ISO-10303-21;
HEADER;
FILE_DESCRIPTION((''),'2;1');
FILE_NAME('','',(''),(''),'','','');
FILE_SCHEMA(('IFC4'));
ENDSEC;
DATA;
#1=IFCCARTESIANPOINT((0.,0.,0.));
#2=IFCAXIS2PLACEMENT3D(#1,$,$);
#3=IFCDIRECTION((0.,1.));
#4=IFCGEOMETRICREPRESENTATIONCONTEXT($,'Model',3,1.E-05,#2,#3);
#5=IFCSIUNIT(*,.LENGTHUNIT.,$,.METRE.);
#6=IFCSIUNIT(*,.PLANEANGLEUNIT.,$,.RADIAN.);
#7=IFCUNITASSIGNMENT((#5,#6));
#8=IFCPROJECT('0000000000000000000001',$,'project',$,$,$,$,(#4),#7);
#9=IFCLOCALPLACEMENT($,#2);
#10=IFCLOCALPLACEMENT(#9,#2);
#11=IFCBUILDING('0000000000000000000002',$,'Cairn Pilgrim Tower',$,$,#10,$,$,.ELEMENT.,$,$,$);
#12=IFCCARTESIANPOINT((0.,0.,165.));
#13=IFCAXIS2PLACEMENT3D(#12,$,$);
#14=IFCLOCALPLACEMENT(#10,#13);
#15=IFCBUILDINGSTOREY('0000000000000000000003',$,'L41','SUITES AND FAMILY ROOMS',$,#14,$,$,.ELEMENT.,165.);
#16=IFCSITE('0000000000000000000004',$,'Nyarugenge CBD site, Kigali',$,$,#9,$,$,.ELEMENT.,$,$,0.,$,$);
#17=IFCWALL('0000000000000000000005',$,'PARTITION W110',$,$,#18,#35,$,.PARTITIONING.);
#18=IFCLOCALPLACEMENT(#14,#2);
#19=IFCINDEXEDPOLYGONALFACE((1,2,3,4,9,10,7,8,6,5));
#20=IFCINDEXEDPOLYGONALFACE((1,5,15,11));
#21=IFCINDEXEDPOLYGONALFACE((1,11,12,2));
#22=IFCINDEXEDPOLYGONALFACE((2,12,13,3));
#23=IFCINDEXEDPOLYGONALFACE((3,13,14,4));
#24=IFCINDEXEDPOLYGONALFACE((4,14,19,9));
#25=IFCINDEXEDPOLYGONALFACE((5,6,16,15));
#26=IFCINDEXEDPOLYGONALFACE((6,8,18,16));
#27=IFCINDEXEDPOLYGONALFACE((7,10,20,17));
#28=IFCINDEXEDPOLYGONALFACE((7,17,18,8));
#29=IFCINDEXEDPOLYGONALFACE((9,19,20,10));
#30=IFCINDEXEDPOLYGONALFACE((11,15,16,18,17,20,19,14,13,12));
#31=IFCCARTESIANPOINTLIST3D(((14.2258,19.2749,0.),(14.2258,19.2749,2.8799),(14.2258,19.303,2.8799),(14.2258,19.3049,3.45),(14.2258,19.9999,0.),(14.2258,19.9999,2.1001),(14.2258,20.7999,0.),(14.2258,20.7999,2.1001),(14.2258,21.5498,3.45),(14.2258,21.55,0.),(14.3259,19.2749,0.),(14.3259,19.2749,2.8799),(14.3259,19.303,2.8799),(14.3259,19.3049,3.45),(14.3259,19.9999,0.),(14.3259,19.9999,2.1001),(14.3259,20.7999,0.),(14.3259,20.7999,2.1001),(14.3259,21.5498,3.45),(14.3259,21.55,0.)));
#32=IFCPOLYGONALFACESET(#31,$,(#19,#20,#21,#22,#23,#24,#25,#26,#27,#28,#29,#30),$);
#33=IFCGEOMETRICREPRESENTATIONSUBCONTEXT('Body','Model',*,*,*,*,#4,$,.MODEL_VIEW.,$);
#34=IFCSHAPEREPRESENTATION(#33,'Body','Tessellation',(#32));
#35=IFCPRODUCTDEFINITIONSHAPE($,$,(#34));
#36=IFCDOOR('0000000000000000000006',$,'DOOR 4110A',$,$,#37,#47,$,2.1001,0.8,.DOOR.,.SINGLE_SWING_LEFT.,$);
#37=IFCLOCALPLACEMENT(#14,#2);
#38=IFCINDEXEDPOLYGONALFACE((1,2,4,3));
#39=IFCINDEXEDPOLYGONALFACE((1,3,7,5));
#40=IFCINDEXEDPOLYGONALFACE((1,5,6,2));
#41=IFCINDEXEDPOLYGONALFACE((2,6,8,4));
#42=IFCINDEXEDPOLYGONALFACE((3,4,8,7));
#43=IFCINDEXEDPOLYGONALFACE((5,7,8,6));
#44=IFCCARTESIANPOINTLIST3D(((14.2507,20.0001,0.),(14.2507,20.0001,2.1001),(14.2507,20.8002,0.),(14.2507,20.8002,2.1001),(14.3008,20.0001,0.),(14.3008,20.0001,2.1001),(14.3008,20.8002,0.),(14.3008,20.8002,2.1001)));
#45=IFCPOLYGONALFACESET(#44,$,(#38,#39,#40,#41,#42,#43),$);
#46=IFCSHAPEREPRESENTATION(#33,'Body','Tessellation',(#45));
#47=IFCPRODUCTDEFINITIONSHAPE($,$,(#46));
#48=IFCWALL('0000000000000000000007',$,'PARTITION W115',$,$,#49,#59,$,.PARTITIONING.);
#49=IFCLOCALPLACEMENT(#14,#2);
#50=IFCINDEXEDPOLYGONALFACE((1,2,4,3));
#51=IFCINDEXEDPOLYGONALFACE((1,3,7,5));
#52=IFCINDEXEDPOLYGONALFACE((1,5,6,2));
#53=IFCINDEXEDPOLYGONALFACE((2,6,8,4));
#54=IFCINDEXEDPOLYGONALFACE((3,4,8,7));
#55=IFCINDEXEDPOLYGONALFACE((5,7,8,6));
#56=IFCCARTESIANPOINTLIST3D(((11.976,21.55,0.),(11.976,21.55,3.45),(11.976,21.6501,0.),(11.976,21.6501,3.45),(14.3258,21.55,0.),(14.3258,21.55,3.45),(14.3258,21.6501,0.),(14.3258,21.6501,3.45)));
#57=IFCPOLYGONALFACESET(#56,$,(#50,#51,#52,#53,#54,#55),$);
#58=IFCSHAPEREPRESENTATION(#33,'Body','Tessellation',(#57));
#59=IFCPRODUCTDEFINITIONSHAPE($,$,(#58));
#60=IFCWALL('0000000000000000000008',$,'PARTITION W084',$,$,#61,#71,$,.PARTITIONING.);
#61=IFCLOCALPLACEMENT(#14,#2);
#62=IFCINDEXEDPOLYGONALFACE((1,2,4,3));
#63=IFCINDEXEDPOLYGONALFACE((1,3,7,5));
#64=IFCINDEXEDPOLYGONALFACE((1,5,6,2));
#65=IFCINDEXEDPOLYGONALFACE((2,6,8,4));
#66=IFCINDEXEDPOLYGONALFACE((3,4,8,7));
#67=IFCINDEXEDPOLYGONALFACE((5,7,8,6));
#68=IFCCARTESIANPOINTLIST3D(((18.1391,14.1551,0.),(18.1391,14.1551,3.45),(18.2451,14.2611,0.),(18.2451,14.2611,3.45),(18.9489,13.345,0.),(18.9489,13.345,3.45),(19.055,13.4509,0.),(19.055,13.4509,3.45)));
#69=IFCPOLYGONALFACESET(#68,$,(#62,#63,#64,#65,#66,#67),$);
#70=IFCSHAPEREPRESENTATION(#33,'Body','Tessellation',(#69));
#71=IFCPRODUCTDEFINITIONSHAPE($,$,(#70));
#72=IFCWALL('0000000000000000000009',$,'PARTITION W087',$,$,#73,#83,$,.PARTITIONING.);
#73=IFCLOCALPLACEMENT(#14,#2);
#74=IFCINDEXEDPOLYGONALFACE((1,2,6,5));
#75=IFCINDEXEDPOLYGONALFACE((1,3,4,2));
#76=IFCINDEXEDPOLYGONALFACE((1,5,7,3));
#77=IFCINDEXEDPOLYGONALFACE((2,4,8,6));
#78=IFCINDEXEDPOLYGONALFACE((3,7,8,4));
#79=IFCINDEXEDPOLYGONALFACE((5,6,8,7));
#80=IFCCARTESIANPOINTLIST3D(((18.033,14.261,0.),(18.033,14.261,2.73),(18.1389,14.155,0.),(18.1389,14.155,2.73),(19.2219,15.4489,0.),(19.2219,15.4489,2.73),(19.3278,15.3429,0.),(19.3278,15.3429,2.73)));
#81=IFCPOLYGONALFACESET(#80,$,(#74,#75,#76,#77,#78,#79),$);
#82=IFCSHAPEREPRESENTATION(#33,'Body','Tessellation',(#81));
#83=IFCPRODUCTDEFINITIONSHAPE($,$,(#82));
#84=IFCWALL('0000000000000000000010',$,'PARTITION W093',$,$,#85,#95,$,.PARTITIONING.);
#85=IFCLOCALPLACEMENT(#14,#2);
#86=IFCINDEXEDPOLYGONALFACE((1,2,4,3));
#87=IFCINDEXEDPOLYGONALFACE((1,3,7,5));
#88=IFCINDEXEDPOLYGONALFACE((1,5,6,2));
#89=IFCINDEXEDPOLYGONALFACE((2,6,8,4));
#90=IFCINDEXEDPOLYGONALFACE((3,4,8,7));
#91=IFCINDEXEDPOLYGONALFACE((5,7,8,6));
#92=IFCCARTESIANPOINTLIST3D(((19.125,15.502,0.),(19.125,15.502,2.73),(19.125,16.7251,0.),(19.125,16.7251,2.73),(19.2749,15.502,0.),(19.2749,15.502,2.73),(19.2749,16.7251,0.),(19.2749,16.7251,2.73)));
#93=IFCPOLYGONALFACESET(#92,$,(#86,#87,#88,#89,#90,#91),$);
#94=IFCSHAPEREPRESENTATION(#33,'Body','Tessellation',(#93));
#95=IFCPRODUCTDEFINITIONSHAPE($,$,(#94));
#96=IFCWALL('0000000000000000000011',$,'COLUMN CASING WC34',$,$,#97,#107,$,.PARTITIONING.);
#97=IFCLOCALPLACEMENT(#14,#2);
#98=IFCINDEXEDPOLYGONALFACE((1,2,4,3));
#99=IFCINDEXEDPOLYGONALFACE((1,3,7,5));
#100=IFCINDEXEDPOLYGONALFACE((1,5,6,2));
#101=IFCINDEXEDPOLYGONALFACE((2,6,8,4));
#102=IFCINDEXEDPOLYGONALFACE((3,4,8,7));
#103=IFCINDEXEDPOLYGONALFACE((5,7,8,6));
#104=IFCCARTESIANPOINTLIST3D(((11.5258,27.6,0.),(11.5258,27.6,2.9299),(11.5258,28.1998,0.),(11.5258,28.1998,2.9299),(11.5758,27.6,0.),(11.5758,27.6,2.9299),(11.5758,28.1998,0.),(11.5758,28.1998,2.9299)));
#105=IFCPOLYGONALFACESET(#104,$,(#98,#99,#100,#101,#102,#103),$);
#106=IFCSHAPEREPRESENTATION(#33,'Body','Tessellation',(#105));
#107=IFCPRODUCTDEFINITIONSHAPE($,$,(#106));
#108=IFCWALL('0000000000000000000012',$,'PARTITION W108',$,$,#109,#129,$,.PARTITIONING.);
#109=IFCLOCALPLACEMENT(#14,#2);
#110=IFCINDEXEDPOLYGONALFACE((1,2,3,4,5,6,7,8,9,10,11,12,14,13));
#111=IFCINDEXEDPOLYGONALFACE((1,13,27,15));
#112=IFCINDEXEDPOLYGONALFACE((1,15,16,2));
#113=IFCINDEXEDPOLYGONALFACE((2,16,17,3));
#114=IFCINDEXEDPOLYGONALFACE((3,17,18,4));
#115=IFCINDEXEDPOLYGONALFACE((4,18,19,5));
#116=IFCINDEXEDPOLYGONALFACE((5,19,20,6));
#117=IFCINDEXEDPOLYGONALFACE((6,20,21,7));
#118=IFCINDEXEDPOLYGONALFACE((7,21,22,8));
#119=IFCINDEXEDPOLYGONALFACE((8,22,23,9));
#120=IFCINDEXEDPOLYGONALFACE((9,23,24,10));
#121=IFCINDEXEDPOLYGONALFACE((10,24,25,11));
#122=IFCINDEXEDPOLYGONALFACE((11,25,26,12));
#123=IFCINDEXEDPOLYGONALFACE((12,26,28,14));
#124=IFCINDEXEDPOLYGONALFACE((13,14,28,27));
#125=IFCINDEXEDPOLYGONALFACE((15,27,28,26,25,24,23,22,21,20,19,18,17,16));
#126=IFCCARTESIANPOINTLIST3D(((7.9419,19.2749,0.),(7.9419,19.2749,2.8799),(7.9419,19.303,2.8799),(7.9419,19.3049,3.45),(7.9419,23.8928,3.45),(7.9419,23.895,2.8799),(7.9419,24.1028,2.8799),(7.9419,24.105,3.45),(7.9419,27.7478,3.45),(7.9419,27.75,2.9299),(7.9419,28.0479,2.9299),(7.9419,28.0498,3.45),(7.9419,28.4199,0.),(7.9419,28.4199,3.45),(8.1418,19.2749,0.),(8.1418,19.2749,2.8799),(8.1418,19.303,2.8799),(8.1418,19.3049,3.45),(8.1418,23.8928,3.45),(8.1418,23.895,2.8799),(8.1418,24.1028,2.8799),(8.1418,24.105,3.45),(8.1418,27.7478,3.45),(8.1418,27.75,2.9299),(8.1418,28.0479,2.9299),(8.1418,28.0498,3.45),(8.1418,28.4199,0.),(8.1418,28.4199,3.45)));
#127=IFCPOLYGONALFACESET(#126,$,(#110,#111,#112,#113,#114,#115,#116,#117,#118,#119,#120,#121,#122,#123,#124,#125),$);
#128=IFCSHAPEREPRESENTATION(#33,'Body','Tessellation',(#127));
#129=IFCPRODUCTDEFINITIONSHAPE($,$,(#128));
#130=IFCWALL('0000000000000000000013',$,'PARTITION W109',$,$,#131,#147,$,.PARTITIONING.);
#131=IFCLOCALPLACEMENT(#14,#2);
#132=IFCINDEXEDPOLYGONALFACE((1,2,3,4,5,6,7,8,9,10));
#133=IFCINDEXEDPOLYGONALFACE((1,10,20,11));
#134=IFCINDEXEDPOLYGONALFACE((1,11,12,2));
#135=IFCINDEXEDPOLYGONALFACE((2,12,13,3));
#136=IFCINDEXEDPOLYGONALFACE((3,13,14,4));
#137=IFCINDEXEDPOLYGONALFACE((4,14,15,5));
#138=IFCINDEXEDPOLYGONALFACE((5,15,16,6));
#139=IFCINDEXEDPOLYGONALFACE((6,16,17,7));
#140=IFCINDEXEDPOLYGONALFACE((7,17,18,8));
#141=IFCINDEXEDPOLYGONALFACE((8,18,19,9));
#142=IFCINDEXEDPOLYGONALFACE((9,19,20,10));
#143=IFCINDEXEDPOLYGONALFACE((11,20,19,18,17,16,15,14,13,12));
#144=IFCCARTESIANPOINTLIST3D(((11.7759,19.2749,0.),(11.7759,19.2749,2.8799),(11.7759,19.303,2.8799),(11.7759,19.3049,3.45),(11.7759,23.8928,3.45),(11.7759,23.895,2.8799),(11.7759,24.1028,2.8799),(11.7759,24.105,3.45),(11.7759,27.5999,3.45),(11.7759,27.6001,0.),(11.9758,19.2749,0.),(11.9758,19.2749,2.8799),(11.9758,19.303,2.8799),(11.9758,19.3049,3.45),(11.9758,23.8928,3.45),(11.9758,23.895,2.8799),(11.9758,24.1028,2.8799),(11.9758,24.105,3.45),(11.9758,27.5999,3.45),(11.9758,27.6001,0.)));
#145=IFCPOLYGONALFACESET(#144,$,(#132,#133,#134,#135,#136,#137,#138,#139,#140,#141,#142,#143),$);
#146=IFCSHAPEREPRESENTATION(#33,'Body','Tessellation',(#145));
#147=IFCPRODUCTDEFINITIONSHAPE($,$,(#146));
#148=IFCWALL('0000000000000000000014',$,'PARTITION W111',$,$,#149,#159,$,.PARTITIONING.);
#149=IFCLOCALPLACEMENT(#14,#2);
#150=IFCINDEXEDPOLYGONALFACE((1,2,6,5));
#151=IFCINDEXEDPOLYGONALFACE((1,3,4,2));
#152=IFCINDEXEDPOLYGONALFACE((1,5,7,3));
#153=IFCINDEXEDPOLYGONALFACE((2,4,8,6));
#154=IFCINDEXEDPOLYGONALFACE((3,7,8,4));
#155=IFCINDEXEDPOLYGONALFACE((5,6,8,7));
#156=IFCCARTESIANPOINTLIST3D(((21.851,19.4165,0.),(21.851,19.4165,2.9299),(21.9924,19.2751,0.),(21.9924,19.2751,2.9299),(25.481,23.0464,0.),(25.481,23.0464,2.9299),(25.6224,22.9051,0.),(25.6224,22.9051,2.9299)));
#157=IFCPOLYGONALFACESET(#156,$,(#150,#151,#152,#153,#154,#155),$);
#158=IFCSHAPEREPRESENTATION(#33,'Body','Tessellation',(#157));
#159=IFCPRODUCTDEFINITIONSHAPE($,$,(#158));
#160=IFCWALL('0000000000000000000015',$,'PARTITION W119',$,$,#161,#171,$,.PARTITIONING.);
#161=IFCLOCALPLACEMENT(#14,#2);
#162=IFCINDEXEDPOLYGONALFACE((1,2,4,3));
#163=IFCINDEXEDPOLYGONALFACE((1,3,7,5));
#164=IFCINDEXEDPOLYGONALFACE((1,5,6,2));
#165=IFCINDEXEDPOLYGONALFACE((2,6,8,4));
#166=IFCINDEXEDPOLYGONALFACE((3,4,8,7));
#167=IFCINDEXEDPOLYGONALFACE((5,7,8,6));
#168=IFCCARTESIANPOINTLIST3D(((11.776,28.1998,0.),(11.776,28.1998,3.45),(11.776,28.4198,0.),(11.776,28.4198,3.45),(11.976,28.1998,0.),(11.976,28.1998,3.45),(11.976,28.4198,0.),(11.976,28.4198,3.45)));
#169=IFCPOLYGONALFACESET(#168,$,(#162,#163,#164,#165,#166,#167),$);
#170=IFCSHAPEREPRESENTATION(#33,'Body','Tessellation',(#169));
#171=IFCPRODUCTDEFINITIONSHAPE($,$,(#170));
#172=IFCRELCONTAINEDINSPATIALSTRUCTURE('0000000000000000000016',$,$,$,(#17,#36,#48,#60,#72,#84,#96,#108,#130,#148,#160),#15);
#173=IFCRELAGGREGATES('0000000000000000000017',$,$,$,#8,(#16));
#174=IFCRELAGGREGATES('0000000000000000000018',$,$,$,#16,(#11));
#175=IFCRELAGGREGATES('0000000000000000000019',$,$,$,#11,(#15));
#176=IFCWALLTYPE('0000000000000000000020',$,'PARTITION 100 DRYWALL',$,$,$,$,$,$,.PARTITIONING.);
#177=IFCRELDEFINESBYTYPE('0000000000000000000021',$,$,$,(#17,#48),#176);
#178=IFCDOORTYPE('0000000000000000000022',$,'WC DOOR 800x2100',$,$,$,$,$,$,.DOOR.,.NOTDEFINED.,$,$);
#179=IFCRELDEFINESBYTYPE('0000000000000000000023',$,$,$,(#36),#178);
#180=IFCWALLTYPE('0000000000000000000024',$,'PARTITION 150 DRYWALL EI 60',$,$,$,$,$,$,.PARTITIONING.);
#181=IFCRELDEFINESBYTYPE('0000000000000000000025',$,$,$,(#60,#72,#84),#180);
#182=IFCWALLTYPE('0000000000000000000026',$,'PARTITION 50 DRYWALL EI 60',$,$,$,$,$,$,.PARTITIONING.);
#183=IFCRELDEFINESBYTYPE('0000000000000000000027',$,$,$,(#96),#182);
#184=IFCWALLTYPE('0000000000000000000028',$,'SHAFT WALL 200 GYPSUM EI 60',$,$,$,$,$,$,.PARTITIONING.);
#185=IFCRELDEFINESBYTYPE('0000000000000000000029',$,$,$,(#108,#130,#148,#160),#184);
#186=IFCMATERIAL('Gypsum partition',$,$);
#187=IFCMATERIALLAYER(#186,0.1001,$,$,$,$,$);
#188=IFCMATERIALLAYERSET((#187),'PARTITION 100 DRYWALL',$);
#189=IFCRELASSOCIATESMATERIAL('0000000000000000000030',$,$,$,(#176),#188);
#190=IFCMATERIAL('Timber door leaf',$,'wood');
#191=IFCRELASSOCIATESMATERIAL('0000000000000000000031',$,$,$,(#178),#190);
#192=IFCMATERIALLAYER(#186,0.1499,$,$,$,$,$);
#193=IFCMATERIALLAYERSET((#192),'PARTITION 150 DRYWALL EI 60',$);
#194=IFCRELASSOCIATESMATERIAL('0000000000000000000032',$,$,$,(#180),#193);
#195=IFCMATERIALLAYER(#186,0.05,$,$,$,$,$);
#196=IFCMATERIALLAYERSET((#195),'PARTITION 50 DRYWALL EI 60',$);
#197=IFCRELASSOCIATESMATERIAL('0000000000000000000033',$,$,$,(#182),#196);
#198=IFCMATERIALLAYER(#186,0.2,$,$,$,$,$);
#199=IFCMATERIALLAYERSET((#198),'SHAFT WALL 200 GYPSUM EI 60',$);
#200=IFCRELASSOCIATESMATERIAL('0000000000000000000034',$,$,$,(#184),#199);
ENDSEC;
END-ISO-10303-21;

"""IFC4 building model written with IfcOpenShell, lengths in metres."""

from ifc_helpers import new_model, si_unit, direction, frame, frame_2d, origin, place, context, subcontext, project, spatial, polyline, rectangle, outline, extrude, material, layer, layer_set, type_object, element, fill, save


model = new_model("IFC4")

# Units and contexts
model_context = context("Model", 3, precision=1e-05, world=origin(), true_north=direction((0.0, 1.0)))
body_context = subcontext(model_context, "Body", "Model", "MODEL_VIEW")
ifc_project = project(units=[si_unit("LENGTHUNIT", "METRE"), si_unit("PLANEANGLEUNIT", "RADIAN")], contexts=[model_context])

# Site, building, storey
site_placement = place(None, origin())
site = spatial("IfcSite", under=ifc_project, at=site_placement, Name="Nyarugenge CBD site, Kigali", CompositionType="ELEMENT", RefElevation=0.0)
building_placement = place(site_placement, origin())
building = spatial("IfcBuilding", under=site, at=building_placement, Name="Cairn Pilgrim Tower", CompositionType="ELEMENT")
storey_placement = place(building_placement, frame((0.0, 0.0, 165.0)))
storey = spatial("IfcBuildingStorey", under=building, at=storey_placement, Name="L41", Description="SUITES AND FAMILY ROOMS", CompositionType="ELEMENT", Elevation=165.0)

# Wall, opening, door
ifc_material_1 = material(Name="Gypsum partition")
ifc_layer_1 = layer(ifc_material_1, 0.1001)
ifc_layer_set_1 = layer_set([ifc_layer_1], Name="PARTITION 100 DRYWALL")
wall_type_1 = type_object("IfcWallType", Name="PARTITION 100 DRYWALL", PredefinedType="PARTITIONING", material=ifc_layer_set_1)
wall_1_placement = place(storey_placement, frame((14.2759, 19.2749, 0.0), z_axis=(0.0, 0.0, 1.0), x_axis=(0.0, 1.0, 0.0)))
wall_1 = element("IfcWall", 1, at=wall_1_placement, inside=storey, type_object=wall_type_1, Name="PARTITION W110", PredefinedType="PARTITIONING", context=body_context, shape_type="SweptSolid", body=[
    extrude(outline(polyline([(0.0, 0.0), (2.2751, 0.0), (2.2749, 3.45), (0.03, 3.45), (0.0281, 2.8799), (0.0, 2.8799), (0.0, 0.0)])), frame((0.0, 0.05, 0.0), z_axis=(0.0, -1.0, 0.0), x_axis=(1.0, 0.0, 0.0)), (0.0, 0.0, 1.0), 0.1001),
])
opening_1_placement = place(wall_1_placement, frame((0.7251, 0.0, 0.0)))
opening_1 = element("IfcOpeningElement", 2, at=opening_1_placement, cuts=wall_1, PredefinedType="OPENING", context=body_context, shape_type="SweptSolid", body=[
    extrude(rectangle(XDim=0.8, YDim=2.1001, at=frame_2d((0.3999, 1.05))), frame((0.0, 0.0601, 0.0), z_axis=(0.0, -1.0, 0.0), x_axis=(1.0, 0.0, 0.0)), (0.0, 0.0, 1.0), 0.1201),
])
ifc_material_2 = material(Name="Timber door leaf", Category="wood")
door_type_1 = type_object("IfcDoorType", Name="WC DOOR 800x2100", OperationType="NOTDEFINED", PredefinedType="DOOR", material=ifc_material_2)
door_1_placement = place(opening_1_placement, frame((0.8, 0.0, 0.0), z_axis=(0.0, 0.0, 1.0), x_axis=(-1.0, 0.0, 0.0)))
door_1 = element("IfcDoor", 3, at=door_1_placement, inside=storey, type_object=door_type_1, Name="DOOR 4110A", OperationType="SINGLE_SWING_LEFT", OverallHeight=2.1001, OverallWidth=0.8, PredefinedType="DOOR", context=body_context, shape_type="SweptSolid", body=[
    extrude(rectangle(XDim=0.8, YDim=2.1001, at=frame_2d((0.3999, 1.05))), frame((0.0, 0.0249, 0.0), z_axis=(0.0, -1.0, 0.0), x_axis=(1.0, 0.0, 0.0)), (0.0, 0.0, 1.0), 0.05),
])
fill(opening_1, door_1)

# Walls
wall_2_placement = place(storey_placement, frame((11.9761, 21.6001, 0.0), z_axis=(0.0, 0.0, 1.0), x_axis=(1.0, 0.0, 0.0)))
element("IfcWall", 4, at=wall_2_placement, inside=storey, type_object=wall_type_1, Name="PARTITION W115", PredefinedType="PARTITIONING", context=body_context, shape_type="SweptSolid", body=[
    extrude(rectangle(XDim=2.3499, YDim=0.1001, at=frame_2d((1.1748, 0.0))), origin(), (0.0, 0.0, 1.0), 3.45),
])
ifc_layer_2 = layer(ifc_material_1, 0.1499)
ifc_layer_set_2 = layer_set([ifc_layer_2], Name="PARTITION 150 DRYWALL EI 60")
wall_type_2 = type_object("IfcWallType", Name="PARTITION 150 DRYWALL EI 60", PredefinedType="PARTITIONING", material=ifc_layer_set_2)
wall_3_placement = place(storey_placement, frame((19.002, 13.3979, 0.0), z_axis=(0.0, 0.0, 1.0), x_axis=(-0.707, 0.707213, 0.0)))
element("IfcWall", 5, at=wall_3_placement, inside=storey, type_object=wall_type_2, Name="PARTITION W084", PredefinedType="PARTITIONING", context=body_context, shape_type="SweptSolid", body=[
    extrude(rectangle(XDim=1.1455, YDim=0.1499, at=frame_2d((0.5728, 0.0))), origin(), (0.0, 0.0, 1.0), 3.45),
])
wall_4_placement = place(storey_placement, frame((18.0859, 14.208, 0.0), z_axis=(0.0, 0.0, 1.0), x_axis=(0.707397, 0.706816, 0.0)))
element("IfcWall", 6, at=wall_4_placement, inside=storey, type_object=wall_type_2, Name="PARTITION W087", PredefinedType="PARTITIONING", context=body_context, shape_type="SweptSolid", body=[
    extrude(rectangle(XDim=1.6807, YDim=0.1499, at=frame_2d((0.8403, 0.0))), origin(), (0.0, 0.0, 1.0), 2.73),
])
wall_5_placement = place(storey_placement, frame((19.2, 15.502, 0.0), z_axis=(0.0, 0.0, 1.0), x_axis=(0.0, 1.0, 0.0)))
element("IfcWall", 7, at=wall_5_placement, inside=storey, type_object=wall_type_2, Name="PARTITION W093", PredefinedType="PARTITIONING", context=body_context, shape_type="SweptSolid", body=[
    extrude(rectangle(XDim=1.2231, YDim=0.1499, at=frame_2d((0.6116, 0.0))), origin(), (0.0, 0.0, 1.0), 2.73),
])
ifc_layer_3 = layer(ifc_material_1, 0.05)
ifc_layer_set_3 = layer_set([ifc_layer_3], Name="PARTITION 50 DRYWALL EI 60")
wall_type_3 = type_object("IfcWallType", Name="PARTITION 50 DRYWALL EI 60", PredefinedType="PARTITIONING", material=ifc_layer_set_3)
wall_6_placement = place(storey_placement, frame((11.5508, 27.6001, 0.0), z_axis=(0.0, 0.0, 1.0), x_axis=(0.0, 1.0, 0.0)))
element("IfcWall", 8, at=wall_6_placement, inside=storey, type_object=wall_type_3, Name="COLUMN CASING WC34", PredefinedType="PARTITIONING", context=body_context, shape_type="SweptSolid", body=[
    extrude(rectangle(XDim=0.5999, YDim=0.05, at=frame_2d((0.2998, 0.0))), origin(), (0.0, 0.0, 1.0), 2.9299),
])
ifc_layer_4 = layer(ifc_material_1, 0.2)
ifc_layer_set_4 = layer_set([ifc_layer_4], Name="SHAFT WALL 200 GYPSUM EI 60")
wall_type_4 = type_object("IfcWallType", Name="SHAFT WALL 200 GYPSUM EI 60", PredefinedType="PARTITIONING", material=ifc_layer_set_4)
wall_7_placement = place(storey_placement, frame((8.042, 19.2749, 0.0), z_axis=(0.0, 0.0, 1.0), x_axis=(0.0, 1.0, 0.0)))
element("IfcWall", 9, at=wall_7_placement, inside=storey, type_object=wall_type_4, Name="PARTITION W108", PredefinedType="PARTITIONING", context=body_context, shape_type="SweptSolid", body=[
    extrude(outline(polyline([(0.0, 0.0), (9.145, 0.0), (9.145, 3.45), (8.7749, 3.45), (8.7729, 2.9299), (8.4751, 2.9299), (8.4729, 3.45), (4.8301, 3.45), (4.8279, 2.8799), (4.6201, 2.8799), (4.6179, 3.45), (0.03, 3.45), (0.0281, 2.8799), (0.0, 2.8799), (0.0, 0.0)])), frame((0.0, 0.1001, 0.0), z_axis=(0.0, -1.0, 0.0), x_axis=(1.0, 0.0, 0.0)), (0.0, 0.0, 1.0), 0.2),
])
wall_8_placement = place(storey_placement, frame((11.876, 19.2749, 0.0), z_axis=(0.0, 0.0, 1.0), x_axis=(0.0, 1.0, 0.0)))
element("IfcWall", 10, at=wall_8_placement, inside=storey, type_object=wall_type_4, Name="PARTITION W109", PredefinedType="PARTITIONING", context=body_context, shape_type="SweptSolid", body=[
    extrude(outline(polyline([(0.0, 0.0), (8.3252, 0.0), (8.325, 3.45), (4.8301, 3.45), (4.8279, 2.8799), (4.6201, 2.8799), (4.6179, 3.45), (0.03, 3.45), (0.0281, 2.8799), (0.0, 2.8799), (0.0, 0.0)])), frame((0.0, 0.1001, 0.0), z_axis=(0.0, -1.0, 0.0), x_axis=(1.0, 0.0, 0.0)), (0.0, 0.0, 1.0), 0.2),
])
wall_9_placement = place(storey_placement, frame((21.9216, 19.3457, 0.0), z_axis=(0.0, 0.0, 1.0), x_axis=(0.707107, 0.707107, 0.0)))
element("IfcWall", 11, at=wall_9_placement, inside=storey, type_object=wall_type_4, Name="PARTITION W111", PredefinedType="PARTITIONING", context=body_context, shape_type="SweptSolid", body=[
    extrude(rectangle(XDim=5.1335, YDim=0.2, at=frame_2d((2.5669, 0.0))), origin(), (0.0, 0.0, 1.0), 2.9299),
])
wall_10_placement = place(storey_placement, frame((11.876, 28.2, 0.0), z_axis=(0.0, 0.0, 1.0), x_axis=(0.0, 1.0, 0.0)))
element("IfcWall", 12, at=wall_10_placement, inside=storey, type_object=wall_type_4, Name="PARTITION W119", PredefinedType="PARTITIONING", context=body_context, shape_type="SweptSolid", body=[
    extrude(rectangle(XDim=0.22, YDim=0.2, at=frame_2d((0.1099, 0.0))), origin(), (0.0, 0.0, 1.0), 3.45),
])

save(model, "model.ifc")
